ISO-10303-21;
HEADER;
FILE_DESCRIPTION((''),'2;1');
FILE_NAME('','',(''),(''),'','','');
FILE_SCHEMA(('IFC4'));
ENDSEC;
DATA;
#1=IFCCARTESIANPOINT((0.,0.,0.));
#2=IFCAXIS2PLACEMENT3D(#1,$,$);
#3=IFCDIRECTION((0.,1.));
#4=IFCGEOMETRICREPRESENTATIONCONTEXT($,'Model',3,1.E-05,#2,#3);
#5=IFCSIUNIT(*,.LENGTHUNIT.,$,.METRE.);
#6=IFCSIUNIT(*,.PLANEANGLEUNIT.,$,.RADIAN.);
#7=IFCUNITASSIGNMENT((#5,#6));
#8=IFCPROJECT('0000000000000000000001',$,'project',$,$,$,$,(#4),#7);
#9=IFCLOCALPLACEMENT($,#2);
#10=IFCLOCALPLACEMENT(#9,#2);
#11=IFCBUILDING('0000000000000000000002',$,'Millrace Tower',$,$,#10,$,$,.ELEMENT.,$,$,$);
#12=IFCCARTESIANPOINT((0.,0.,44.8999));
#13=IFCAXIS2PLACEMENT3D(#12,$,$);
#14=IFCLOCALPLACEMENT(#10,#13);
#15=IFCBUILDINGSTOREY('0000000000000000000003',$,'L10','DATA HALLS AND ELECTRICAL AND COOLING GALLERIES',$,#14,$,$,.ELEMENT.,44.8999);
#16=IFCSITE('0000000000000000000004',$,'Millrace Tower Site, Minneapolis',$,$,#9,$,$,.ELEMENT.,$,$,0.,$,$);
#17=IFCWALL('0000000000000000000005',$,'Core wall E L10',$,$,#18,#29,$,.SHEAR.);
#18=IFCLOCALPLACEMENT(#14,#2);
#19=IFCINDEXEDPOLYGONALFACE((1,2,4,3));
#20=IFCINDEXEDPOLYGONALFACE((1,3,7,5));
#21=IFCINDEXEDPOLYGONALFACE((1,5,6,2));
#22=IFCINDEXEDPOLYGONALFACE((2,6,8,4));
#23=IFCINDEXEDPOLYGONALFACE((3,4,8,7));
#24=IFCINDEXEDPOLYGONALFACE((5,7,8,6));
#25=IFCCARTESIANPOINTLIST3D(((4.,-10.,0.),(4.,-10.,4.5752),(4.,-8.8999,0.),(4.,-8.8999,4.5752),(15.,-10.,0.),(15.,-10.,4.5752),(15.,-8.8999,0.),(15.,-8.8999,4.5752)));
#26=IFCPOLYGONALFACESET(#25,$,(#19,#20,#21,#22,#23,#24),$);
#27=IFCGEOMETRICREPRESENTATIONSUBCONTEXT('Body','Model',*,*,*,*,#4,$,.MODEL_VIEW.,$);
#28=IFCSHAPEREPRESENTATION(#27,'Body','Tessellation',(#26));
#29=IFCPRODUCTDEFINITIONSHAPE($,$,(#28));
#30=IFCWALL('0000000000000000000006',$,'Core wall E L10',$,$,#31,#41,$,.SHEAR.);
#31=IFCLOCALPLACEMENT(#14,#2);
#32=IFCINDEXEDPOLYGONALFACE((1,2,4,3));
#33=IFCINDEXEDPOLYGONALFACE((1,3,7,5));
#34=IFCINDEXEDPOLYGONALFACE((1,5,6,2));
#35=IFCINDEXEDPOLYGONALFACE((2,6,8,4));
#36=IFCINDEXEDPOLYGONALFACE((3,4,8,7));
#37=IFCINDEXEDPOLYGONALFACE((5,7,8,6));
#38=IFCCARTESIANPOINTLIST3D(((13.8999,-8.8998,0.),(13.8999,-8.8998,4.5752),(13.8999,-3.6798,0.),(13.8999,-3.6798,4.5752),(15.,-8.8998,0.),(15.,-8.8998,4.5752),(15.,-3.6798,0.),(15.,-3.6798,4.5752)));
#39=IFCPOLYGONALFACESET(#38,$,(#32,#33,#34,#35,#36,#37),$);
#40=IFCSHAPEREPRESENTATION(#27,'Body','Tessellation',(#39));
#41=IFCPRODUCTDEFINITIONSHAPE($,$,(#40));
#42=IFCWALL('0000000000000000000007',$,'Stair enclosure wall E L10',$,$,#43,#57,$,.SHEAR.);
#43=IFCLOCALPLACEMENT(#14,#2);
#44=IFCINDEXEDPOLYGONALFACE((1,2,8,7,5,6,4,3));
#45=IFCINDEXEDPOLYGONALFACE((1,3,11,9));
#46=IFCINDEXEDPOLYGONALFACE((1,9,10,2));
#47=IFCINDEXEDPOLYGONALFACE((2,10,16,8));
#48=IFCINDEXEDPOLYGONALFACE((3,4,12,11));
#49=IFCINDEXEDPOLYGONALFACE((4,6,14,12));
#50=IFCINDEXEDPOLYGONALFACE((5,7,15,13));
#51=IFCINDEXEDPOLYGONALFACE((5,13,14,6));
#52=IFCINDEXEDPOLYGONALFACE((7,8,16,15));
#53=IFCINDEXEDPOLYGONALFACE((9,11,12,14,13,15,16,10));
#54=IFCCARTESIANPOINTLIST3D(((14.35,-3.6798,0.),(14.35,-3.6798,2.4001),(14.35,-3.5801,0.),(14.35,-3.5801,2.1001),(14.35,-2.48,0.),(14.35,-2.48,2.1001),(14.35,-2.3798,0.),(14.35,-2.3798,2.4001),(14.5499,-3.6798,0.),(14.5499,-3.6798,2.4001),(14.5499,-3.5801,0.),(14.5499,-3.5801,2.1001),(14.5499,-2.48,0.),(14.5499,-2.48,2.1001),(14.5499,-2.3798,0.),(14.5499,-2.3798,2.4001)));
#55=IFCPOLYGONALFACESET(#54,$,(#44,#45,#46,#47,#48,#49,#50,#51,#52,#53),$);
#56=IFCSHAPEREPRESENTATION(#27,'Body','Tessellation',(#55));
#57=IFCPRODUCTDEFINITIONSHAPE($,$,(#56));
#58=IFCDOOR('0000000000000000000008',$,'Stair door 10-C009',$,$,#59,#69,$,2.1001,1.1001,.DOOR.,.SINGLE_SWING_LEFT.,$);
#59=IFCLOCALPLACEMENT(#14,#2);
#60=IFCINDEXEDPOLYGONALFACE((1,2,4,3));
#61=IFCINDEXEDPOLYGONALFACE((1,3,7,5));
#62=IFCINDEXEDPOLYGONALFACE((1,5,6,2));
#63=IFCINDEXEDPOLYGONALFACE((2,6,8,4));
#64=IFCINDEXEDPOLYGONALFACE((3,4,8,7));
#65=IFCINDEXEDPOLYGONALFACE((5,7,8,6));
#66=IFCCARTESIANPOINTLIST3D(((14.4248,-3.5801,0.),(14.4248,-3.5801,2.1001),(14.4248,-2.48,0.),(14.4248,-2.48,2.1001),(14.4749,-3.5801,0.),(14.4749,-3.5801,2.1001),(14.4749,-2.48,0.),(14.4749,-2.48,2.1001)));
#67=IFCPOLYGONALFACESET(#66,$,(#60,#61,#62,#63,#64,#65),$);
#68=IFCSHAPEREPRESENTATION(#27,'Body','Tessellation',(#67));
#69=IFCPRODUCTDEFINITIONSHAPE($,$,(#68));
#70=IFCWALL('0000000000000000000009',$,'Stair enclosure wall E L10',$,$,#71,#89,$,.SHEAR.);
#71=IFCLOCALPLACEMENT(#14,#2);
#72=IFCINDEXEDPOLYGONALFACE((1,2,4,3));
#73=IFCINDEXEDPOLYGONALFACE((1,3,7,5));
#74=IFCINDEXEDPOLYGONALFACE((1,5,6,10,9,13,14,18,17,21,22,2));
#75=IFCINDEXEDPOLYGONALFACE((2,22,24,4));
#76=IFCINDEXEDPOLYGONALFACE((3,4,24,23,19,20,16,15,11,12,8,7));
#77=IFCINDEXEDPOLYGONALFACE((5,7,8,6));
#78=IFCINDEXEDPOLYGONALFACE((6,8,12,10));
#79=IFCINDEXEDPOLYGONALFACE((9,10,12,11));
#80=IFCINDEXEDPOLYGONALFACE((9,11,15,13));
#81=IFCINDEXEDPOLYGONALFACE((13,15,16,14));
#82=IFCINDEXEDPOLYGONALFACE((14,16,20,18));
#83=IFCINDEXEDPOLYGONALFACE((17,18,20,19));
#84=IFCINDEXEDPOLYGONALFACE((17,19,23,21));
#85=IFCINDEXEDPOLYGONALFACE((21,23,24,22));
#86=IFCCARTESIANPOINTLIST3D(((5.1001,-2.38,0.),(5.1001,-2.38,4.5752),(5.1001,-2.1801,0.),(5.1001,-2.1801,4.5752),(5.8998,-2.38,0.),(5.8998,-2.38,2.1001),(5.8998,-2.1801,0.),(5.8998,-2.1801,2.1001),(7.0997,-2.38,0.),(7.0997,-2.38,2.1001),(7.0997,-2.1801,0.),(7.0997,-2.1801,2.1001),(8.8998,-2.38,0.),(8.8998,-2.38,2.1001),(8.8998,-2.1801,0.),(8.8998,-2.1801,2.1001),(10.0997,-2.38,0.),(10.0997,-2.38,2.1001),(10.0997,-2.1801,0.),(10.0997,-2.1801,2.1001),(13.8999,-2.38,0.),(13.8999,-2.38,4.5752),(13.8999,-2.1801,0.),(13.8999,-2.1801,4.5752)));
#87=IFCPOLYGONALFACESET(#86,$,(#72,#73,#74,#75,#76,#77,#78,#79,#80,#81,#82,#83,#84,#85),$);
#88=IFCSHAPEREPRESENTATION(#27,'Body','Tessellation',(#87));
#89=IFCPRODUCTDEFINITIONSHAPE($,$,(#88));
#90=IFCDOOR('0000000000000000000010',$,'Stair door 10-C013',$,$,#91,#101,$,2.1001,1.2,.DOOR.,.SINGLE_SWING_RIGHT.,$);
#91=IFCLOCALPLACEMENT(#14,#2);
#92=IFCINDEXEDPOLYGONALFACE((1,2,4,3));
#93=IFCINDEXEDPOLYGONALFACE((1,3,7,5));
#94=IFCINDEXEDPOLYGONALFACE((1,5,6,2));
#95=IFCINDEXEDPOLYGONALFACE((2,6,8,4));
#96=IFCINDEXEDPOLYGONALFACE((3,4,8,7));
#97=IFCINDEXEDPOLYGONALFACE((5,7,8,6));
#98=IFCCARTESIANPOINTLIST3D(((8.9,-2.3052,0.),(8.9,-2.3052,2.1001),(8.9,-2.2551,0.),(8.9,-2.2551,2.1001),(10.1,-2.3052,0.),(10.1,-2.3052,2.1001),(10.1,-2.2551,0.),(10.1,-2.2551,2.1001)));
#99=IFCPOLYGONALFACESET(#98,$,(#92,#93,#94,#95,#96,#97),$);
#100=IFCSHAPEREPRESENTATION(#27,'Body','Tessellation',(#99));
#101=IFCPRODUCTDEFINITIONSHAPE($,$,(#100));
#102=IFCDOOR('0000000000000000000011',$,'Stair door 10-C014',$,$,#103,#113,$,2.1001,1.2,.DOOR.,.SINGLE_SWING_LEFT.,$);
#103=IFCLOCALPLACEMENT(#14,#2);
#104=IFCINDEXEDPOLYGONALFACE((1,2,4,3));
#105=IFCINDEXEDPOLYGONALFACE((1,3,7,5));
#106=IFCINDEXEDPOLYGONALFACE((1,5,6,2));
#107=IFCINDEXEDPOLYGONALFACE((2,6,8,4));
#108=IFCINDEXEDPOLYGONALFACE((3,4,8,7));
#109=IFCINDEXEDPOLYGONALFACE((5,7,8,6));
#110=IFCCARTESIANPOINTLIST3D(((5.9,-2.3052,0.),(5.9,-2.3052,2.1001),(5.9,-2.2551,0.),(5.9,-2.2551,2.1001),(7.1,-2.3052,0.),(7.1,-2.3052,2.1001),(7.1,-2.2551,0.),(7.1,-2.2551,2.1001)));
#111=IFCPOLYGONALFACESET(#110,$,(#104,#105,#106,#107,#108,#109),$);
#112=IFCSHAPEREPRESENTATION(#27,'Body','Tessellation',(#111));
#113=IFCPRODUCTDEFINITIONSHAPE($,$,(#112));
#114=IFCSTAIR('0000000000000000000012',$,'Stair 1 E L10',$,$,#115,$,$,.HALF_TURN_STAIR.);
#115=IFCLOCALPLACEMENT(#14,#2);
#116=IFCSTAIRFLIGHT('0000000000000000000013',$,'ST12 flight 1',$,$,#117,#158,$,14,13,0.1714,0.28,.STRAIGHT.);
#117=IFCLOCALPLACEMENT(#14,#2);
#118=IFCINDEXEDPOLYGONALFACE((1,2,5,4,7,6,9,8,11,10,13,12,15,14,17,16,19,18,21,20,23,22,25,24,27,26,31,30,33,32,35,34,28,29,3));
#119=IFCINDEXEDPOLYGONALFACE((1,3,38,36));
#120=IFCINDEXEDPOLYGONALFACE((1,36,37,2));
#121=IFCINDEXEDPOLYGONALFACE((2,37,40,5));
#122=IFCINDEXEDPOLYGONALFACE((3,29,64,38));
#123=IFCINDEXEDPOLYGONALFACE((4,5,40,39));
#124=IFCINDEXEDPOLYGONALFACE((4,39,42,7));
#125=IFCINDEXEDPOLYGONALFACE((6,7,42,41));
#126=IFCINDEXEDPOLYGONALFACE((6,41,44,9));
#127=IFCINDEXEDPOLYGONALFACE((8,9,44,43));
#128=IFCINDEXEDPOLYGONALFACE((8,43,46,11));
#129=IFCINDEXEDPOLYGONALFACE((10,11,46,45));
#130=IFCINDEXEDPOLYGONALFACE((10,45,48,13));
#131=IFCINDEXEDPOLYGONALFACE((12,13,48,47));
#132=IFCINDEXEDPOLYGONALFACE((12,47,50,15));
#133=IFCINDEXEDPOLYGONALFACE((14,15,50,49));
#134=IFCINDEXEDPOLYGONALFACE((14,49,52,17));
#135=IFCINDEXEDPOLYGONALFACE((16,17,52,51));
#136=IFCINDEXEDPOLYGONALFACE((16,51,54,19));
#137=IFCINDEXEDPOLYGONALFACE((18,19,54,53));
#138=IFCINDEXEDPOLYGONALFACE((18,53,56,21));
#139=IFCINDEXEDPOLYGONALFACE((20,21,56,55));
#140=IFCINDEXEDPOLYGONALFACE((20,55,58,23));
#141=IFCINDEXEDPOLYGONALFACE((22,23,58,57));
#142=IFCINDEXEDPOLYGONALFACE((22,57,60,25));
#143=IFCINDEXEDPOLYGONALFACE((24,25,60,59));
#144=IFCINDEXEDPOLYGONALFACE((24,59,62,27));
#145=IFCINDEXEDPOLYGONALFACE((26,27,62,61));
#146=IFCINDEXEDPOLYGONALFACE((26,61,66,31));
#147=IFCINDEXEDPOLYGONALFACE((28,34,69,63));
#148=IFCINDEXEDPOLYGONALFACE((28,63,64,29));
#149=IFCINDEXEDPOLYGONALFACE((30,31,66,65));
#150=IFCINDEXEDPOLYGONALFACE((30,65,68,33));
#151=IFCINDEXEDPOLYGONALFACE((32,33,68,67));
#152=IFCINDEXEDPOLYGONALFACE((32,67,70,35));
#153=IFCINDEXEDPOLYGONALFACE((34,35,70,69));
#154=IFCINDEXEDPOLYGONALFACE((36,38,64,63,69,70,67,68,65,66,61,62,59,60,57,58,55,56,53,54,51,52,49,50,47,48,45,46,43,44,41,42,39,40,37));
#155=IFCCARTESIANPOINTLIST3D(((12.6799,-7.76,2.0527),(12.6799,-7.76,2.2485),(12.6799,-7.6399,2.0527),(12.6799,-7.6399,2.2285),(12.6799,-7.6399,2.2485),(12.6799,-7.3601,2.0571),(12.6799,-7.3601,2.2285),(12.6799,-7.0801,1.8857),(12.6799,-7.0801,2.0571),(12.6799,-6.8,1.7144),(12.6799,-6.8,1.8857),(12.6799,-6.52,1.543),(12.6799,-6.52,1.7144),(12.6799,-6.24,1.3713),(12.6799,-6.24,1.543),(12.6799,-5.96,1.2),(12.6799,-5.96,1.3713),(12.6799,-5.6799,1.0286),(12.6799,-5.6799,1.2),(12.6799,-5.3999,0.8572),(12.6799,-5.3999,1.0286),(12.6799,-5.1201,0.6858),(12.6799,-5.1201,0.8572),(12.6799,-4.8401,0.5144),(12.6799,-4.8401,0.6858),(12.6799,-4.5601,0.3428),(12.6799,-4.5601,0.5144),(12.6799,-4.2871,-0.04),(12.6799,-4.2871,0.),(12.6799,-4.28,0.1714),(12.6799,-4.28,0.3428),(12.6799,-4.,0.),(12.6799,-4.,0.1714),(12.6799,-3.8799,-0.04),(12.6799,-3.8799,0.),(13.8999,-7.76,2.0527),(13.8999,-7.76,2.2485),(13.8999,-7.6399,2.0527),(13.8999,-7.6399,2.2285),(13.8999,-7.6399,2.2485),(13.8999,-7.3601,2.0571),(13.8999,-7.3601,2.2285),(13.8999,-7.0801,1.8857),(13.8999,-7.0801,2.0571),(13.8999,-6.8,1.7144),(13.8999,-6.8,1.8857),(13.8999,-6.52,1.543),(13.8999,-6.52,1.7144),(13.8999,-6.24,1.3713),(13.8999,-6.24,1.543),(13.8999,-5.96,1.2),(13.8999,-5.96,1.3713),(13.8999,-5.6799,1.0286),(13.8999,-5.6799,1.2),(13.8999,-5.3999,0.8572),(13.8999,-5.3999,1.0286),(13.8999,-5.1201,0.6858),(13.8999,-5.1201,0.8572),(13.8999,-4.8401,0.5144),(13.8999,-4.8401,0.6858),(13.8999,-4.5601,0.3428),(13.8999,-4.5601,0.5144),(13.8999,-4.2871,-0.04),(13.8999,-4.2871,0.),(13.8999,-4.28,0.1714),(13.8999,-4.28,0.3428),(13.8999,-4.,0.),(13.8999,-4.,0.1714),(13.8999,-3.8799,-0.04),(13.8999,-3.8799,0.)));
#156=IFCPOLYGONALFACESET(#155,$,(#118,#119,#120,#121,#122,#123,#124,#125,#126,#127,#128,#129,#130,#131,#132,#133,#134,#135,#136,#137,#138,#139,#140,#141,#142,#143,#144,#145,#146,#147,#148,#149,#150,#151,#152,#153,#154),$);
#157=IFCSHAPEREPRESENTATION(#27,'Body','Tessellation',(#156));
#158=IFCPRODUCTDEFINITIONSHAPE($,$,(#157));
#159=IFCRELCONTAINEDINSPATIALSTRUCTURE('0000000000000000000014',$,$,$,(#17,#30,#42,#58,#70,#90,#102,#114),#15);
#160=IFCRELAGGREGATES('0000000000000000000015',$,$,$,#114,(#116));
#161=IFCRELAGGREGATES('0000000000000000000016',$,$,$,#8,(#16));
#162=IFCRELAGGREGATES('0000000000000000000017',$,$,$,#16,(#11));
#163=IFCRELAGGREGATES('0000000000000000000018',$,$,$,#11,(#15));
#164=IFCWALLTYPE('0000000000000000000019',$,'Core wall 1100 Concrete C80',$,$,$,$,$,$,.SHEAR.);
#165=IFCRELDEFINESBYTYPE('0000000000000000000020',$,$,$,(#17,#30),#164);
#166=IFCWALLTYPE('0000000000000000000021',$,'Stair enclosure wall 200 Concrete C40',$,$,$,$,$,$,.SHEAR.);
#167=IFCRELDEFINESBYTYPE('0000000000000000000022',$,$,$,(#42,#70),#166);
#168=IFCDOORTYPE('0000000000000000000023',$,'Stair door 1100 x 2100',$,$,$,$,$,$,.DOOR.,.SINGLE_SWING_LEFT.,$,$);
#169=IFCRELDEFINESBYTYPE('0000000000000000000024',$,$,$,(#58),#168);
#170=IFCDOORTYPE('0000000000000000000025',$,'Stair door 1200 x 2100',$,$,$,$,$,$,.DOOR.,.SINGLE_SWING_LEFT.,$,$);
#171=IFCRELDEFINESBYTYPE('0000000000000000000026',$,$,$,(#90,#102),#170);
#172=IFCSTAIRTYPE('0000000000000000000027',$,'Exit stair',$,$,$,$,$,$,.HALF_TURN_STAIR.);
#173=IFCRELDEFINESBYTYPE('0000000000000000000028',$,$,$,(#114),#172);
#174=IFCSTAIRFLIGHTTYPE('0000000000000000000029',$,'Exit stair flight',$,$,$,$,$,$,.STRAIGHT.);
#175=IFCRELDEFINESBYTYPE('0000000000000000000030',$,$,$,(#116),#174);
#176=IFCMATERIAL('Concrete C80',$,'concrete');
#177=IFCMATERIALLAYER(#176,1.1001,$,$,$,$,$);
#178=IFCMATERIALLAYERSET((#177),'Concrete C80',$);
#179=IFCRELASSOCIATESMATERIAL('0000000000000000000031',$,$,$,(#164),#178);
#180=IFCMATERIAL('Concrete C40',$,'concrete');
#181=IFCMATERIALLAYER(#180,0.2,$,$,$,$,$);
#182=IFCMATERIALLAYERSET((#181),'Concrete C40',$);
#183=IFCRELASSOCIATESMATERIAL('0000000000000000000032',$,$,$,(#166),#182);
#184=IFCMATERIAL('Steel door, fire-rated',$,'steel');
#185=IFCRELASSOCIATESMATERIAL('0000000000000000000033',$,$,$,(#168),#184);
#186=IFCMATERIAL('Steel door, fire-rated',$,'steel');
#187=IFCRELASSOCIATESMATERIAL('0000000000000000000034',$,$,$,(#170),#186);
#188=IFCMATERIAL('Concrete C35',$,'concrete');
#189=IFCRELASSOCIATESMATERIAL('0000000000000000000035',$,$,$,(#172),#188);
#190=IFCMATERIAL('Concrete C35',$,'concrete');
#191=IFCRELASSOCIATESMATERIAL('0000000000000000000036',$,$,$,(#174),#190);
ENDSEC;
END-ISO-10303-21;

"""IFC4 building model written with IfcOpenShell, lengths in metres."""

from ifc_helpers import new_model, si_unit, direction, frame, frame_2d, origin, place, context, subcontext, project, spatial, polyline, rectangle, outline, extrude, material, layer, layer_set, type_object, element, fill, aggregate, save


model = new_model("IFC4")

# Units and contexts
model_context = context("Model", 3, precision=1e-05, world=origin(), true_north=direction((0.0, 1.0)))
body_context = subcontext(model_context, "Body", "Model", "MODEL_VIEW")
ifc_project = project(units=[si_unit("LENGTHUNIT", "METRE"), si_unit("PLANEANGLEUNIT", "RADIAN")], contexts=[model_context])

# Site, building, storey
site_placement = place(None, origin())
site = spatial("IfcSite", under=ifc_project, at=site_placement, Name="Millrace Tower Site, Minneapolis", CompositionType="ELEMENT", RefElevation=0.0)
building_placement = place(site_placement, origin())
building = spatial("IfcBuilding", under=site, at=building_placement, Name="Millrace Tower", CompositionType="ELEMENT")
storey_placement = place(building_placement, frame((0.0, 0.0, 44.8999)))
storey = spatial("IfcBuildingStorey", under=building, at=storey_placement, Name="L10", Description="DATA HALLS AND ELECTRICAL AND COOLING GALLERIES", CompositionType="ELEMENT", Elevation=44.8999)

# Walls
ifc_material_1 = material(Name="Concrete C80", Category="concrete")
ifc_layer_1 = layer(ifc_material_1, 1.1001)
ifc_layer_set_1 = layer_set([ifc_layer_1], Name="Concrete C80")
wall_type_1 = type_object("IfcWallType", Name="Core wall 1100 Concrete C80", PredefinedType="SHEAR", material=ifc_layer_set_1)
wall_1_placement = place(storey_placement, frame((15.0, -9.45, 0.0), z_axis=(0.0, 0.0, 1.0), x_axis=(-1.0, 0.0, 0.0)))
element("IfcWall", 1, at=wall_1_placement, inside=storey, type_object=wall_type_1, Name="Core wall E L10", PredefinedType="SHEAR", context=body_context, shape_type="SweptSolid", body=[
    extrude(rectangle(XDim=11.0, YDim=1.1001, at=frame_2d((5.5, 0.0))), origin(), (0.0, 0.0, 1.0), 4.5752),
])
wall_2_placement = place(storey_placement, frame((14.45, -3.6799, 0.0), z_axis=(0.0, 0.0, 1.0), x_axis=(0.0, -1.0, 0.0)))
element("IfcWall", 2, at=wall_2_placement, inside=storey, type_object=wall_type_1, Name="Core wall E L10", PredefinedType="SHEAR", context=body_context, shape_type="SweptSolid", body=[
    extrude(rectangle(XDim=5.22, YDim=1.1001, at=frame_2d((2.6099, 0.0))), origin(), (0.0, 0.0, 1.0), 4.5752),
])

# Wall, opening, door
ifc_material_2 = material(Name="Concrete C40", Category="concrete")
ifc_layer_2 = layer(ifc_material_2, 0.2)
ifc_layer_set_2 = layer_set([ifc_layer_2], Name="Concrete C40")
wall_type_2 = type_object("IfcWallType", Name="Stair enclosure wall 200 Concrete C40", PredefinedType="SHEAR", material=ifc_layer_set_2)
wall_3_placement = place(storey_placement, frame((14.45, -2.3799, 0.0), z_axis=(0.0, 0.0, 1.0), x_axis=(0.0, -1.0, 0.0)))
wall_3 = element("IfcWall", 3, at=wall_3_placement, inside=storey, type_object=wall_type_2, Name="Stair enclosure wall E L10", PredefinedType="SHEAR", context=body_context, shape_type="SweptSolid", body=[
    extrude(rectangle(XDim=1.3, YDim=0.2, at=frame_2d((0.6499, 0.0))), origin(), (0.0, 0.0, 1.0), 2.4001),
])
opening_1_placement = place(wall_3_placement, frame((0.1001, 0.0, 0.0)))
opening_1 = element("IfcOpeningElement", 4, at=opening_1_placement, cuts=wall_3, PredefinedType="OPENING", context=body_context, shape_type="SweptSolid", body=[
    extrude(rectangle(XDim=1.1001, YDim=2.1001, at=frame_2d((0.55, 1.05))), frame((0.0, 0.1099, 0.0), z_axis=(0.0, -1.0, 0.0), x_axis=(1.0, 0.0, 0.0)), (0.0, 0.0, 1.0), 0.22),
])
ifc_material_3 = material(Name="Steel door, fire-rated", Category="steel")
door_type_1 = type_object("IfcDoorType", Name="Stair door 1100 x 2100", OperationType="SINGLE_SWING_LEFT", PredefinedType="DOOR", material=ifc_material_3)
door_1_placement = place(opening_1_placement, origin())
door_1 = element("IfcDoor", 5, at=door_1_placement, inside=storey, type_object=door_type_1, Name="Stair door 10-C009", OperationType="SINGLE_SWING_LEFT", OverallHeight=2.1001, OverallWidth=1.1001, PredefinedType="DOOR", context=body_context, shape_type="SweptSolid", body=[
    extrude(rectangle(XDim=1.1001, YDim=2.1001, at=frame_2d((0.55, 1.05))), frame((0.0, 0.0249, 0.0), z_axis=(0.0, -1.0, 0.0), x_axis=(1.0, 0.0, 0.0)), (0.0, 0.0, 1.0), 0.05),
])
fill(opening_1, door_1)

# Wall, openings, doors
wall_4_placement = place(storey_placement, frame((13.8999, -2.28, 0.0), z_axis=(0.0, 0.0, 1.0), x_axis=(-1.0, 0.0, 0.0)))
wall_4 = element("IfcWall", 6, at=wall_4_placement, inside=storey, type_object=wall_type_2, Name="Stair enclosure wall E L10", PredefinedType="SHEAR", context=body_context, shape_type="SweptSolid", body=[
    extrude(rectangle(XDim=8.7998, YDim=0.2, at=frame_2d((4.3999, 0.0))), origin(), (0.0, 0.0, 1.0), 4.5752),
])
opening_2_placement = place(wall_4_placement, frame((3.8, 0.0, 0.0)))
opening_2 = element("IfcOpeningElement", 7, at=opening_2_placement, cuts=wall_4, PredefinedType="OPENING", context=body_context, shape_type="SweptSolid", body=[
    extrude(rectangle(XDim=1.2, YDim=2.1001, at=frame_2d((0.6001, 1.05))), frame((0.0, 0.1099, 0.0), z_axis=(0.0, -1.0, 0.0), x_axis=(1.0, 0.0, 0.0)), (0.0, 0.0, 1.0), 0.22),
])
opening_3_placement = place(wall_4_placement, frame((6.8, 0.0, 0.0)))
opening_3 = element("IfcOpeningElement", 8, at=opening_3_placement, cuts=wall_4, PredefinedType="OPENING", context=body_context, shape_type="SweptSolid", body=[
    extrude(rectangle(XDim=1.2, YDim=2.1001, at=frame_2d((0.6001, 1.05))), frame((0.0, 0.1099, 0.0), z_axis=(0.0, -1.0, 0.0), x_axis=(1.0, 0.0, 0.0)), (0.0, 0.0, 1.0), 0.22),
])
ifc_material_4 = material(Name="Steel door, fire-rated", Category="steel")
door_type_2 = type_object("IfcDoorType", Name="Stair door 1200 x 2100", OperationType="SINGLE_SWING_LEFT", PredefinedType="DOOR", material=ifc_material_4)
door_2_placement = place(opening_2_placement, frame((1.2, 0.0, 0.0), z_axis=(0.0, 0.0, 1.0), x_axis=(-1.0, 0.0, 0.0)))
door_2 = element("IfcDoor", 9, at=door_2_placement, inside=storey, type_object=door_type_2, Name="Stair door 10-C013", OperationType="SINGLE_SWING_RIGHT", OverallHeight=2.1001, OverallWidth=1.2, PredefinedType="DOOR", context=body_context, shape_type="SweptSolid", body=[
    extrude(rectangle(XDim=1.2, YDim=2.1001, at=frame_2d((0.6001, 1.05))), frame((0.0, 0.0249, 0.0), z_axis=(0.0, -1.0, 0.0), x_axis=(1.0, 0.0, 0.0)), (0.0, 0.0, 1.0), 0.05),
])
fill(opening_2, door_2)
door_3_placement = place(opening_3_placement, frame((1.2, 0.0, 0.0), z_axis=(0.0, 0.0, 1.0), x_axis=(-1.0, 0.0, 0.0)))
door_3 = element("IfcDoor", 10, at=door_3_placement, inside=storey, type_object=door_type_2, Name="Stair door 10-C014", OperationType="SINGLE_SWING_LEFT", OverallHeight=2.1001, OverallWidth=1.2, PredefinedType="DOOR", context=body_context, shape_type="SweptSolid", body=[
    extrude(rectangle(XDim=1.2, YDim=2.1001, at=frame_2d((0.6001, 1.05))), frame((0.0, 0.0249, 0.0), z_axis=(0.0, -1.0, 0.0), x_axis=(1.0, 0.0, 0.0)), (0.0, 0.0, 1.0), 0.05),
])
fill(opening_3, door_3)

# Stair, stair flight
ifc_material_5 = material(Name="Concrete C35", Category="concrete")
stair_type = type_object("IfcStairType", Name="Exit stair", PredefinedType="HALF_TURN_STAIR", material=ifc_material_5)
stair_placement = place(storey_placement, origin())
stair = element("IfcStair", 11, at=stair_placement, inside=storey, type_object=stair_type, Name="Stair 1 E L10", PredefinedType="HALF_TURN_STAIR")
ifc_material_6 = material(Name="Concrete C35", Category="concrete")
stair_flight_type = type_object("IfcStairFlightType", Name="Exit stair flight", PredefinedType="STRAIGHT", material=ifc_material_6)
stair_flight_placement = place(storey_placement, frame((13.29, -4.0, 0.0), z_axis=(0.0, 0.0, 1.0), x_axis=(0.0, -1.0, 0.0)))
stair_flight = element("IfcStairFlight", 12, at=stair_flight_placement, type_object=stair_flight_type, Name="ST12 flight 1", NumberOfRisers=14, NumberOfTreads=13, PredefinedType="STRAIGHT", RiserHeight=0.1714, TreadLength=0.28, context=body_context, shape_type="SweptSolid", body=[
    extrude(outline(polyline([(-0.1201, -0.04), (-0.1201, 0.0), (0.0, 0.0), (0.0, 0.1714), (0.28, 0.1714), (0.28, 0.3428), (0.5601, 0.3428), (0.5601, 0.5144), (0.8401, 0.5144), (0.8401, 0.6858), (1.1201, 0.6858), (1.1201, 0.8572), (1.3999, 0.8572), (1.3999, 1.0286), (1.6799, 1.0286), (1.6799, 1.2), (1.96, 1.2), (1.96, 1.3713), (2.24, 1.3713), (2.24, 1.543), (2.52, 1.543), (2.52, 1.7144), (2.8, 1.7144), (2.8, 1.8857), (3.0801, 1.8857), (3.0801, 2.0571), (3.3601, 2.0571), (3.3601, 2.2285), (3.6399, 2.2285), (3.6399, 2.2485), (3.76, 2.2485), (3.76, 2.0527), (3.6399, 2.0527), (0.2871, 0.0), (0.2871, -0.04), (-0.1201, -0.04)])), frame((0.0, 0.6099, 0.0), z_axis=(0.0, -1.0, 0.0), x_axis=(1.0, 0.0, 0.0)), (0.0, 0.0, 1.0), 1.22),
])
aggregate(stair, [stair_flight])

save(model, "model.ifc")
